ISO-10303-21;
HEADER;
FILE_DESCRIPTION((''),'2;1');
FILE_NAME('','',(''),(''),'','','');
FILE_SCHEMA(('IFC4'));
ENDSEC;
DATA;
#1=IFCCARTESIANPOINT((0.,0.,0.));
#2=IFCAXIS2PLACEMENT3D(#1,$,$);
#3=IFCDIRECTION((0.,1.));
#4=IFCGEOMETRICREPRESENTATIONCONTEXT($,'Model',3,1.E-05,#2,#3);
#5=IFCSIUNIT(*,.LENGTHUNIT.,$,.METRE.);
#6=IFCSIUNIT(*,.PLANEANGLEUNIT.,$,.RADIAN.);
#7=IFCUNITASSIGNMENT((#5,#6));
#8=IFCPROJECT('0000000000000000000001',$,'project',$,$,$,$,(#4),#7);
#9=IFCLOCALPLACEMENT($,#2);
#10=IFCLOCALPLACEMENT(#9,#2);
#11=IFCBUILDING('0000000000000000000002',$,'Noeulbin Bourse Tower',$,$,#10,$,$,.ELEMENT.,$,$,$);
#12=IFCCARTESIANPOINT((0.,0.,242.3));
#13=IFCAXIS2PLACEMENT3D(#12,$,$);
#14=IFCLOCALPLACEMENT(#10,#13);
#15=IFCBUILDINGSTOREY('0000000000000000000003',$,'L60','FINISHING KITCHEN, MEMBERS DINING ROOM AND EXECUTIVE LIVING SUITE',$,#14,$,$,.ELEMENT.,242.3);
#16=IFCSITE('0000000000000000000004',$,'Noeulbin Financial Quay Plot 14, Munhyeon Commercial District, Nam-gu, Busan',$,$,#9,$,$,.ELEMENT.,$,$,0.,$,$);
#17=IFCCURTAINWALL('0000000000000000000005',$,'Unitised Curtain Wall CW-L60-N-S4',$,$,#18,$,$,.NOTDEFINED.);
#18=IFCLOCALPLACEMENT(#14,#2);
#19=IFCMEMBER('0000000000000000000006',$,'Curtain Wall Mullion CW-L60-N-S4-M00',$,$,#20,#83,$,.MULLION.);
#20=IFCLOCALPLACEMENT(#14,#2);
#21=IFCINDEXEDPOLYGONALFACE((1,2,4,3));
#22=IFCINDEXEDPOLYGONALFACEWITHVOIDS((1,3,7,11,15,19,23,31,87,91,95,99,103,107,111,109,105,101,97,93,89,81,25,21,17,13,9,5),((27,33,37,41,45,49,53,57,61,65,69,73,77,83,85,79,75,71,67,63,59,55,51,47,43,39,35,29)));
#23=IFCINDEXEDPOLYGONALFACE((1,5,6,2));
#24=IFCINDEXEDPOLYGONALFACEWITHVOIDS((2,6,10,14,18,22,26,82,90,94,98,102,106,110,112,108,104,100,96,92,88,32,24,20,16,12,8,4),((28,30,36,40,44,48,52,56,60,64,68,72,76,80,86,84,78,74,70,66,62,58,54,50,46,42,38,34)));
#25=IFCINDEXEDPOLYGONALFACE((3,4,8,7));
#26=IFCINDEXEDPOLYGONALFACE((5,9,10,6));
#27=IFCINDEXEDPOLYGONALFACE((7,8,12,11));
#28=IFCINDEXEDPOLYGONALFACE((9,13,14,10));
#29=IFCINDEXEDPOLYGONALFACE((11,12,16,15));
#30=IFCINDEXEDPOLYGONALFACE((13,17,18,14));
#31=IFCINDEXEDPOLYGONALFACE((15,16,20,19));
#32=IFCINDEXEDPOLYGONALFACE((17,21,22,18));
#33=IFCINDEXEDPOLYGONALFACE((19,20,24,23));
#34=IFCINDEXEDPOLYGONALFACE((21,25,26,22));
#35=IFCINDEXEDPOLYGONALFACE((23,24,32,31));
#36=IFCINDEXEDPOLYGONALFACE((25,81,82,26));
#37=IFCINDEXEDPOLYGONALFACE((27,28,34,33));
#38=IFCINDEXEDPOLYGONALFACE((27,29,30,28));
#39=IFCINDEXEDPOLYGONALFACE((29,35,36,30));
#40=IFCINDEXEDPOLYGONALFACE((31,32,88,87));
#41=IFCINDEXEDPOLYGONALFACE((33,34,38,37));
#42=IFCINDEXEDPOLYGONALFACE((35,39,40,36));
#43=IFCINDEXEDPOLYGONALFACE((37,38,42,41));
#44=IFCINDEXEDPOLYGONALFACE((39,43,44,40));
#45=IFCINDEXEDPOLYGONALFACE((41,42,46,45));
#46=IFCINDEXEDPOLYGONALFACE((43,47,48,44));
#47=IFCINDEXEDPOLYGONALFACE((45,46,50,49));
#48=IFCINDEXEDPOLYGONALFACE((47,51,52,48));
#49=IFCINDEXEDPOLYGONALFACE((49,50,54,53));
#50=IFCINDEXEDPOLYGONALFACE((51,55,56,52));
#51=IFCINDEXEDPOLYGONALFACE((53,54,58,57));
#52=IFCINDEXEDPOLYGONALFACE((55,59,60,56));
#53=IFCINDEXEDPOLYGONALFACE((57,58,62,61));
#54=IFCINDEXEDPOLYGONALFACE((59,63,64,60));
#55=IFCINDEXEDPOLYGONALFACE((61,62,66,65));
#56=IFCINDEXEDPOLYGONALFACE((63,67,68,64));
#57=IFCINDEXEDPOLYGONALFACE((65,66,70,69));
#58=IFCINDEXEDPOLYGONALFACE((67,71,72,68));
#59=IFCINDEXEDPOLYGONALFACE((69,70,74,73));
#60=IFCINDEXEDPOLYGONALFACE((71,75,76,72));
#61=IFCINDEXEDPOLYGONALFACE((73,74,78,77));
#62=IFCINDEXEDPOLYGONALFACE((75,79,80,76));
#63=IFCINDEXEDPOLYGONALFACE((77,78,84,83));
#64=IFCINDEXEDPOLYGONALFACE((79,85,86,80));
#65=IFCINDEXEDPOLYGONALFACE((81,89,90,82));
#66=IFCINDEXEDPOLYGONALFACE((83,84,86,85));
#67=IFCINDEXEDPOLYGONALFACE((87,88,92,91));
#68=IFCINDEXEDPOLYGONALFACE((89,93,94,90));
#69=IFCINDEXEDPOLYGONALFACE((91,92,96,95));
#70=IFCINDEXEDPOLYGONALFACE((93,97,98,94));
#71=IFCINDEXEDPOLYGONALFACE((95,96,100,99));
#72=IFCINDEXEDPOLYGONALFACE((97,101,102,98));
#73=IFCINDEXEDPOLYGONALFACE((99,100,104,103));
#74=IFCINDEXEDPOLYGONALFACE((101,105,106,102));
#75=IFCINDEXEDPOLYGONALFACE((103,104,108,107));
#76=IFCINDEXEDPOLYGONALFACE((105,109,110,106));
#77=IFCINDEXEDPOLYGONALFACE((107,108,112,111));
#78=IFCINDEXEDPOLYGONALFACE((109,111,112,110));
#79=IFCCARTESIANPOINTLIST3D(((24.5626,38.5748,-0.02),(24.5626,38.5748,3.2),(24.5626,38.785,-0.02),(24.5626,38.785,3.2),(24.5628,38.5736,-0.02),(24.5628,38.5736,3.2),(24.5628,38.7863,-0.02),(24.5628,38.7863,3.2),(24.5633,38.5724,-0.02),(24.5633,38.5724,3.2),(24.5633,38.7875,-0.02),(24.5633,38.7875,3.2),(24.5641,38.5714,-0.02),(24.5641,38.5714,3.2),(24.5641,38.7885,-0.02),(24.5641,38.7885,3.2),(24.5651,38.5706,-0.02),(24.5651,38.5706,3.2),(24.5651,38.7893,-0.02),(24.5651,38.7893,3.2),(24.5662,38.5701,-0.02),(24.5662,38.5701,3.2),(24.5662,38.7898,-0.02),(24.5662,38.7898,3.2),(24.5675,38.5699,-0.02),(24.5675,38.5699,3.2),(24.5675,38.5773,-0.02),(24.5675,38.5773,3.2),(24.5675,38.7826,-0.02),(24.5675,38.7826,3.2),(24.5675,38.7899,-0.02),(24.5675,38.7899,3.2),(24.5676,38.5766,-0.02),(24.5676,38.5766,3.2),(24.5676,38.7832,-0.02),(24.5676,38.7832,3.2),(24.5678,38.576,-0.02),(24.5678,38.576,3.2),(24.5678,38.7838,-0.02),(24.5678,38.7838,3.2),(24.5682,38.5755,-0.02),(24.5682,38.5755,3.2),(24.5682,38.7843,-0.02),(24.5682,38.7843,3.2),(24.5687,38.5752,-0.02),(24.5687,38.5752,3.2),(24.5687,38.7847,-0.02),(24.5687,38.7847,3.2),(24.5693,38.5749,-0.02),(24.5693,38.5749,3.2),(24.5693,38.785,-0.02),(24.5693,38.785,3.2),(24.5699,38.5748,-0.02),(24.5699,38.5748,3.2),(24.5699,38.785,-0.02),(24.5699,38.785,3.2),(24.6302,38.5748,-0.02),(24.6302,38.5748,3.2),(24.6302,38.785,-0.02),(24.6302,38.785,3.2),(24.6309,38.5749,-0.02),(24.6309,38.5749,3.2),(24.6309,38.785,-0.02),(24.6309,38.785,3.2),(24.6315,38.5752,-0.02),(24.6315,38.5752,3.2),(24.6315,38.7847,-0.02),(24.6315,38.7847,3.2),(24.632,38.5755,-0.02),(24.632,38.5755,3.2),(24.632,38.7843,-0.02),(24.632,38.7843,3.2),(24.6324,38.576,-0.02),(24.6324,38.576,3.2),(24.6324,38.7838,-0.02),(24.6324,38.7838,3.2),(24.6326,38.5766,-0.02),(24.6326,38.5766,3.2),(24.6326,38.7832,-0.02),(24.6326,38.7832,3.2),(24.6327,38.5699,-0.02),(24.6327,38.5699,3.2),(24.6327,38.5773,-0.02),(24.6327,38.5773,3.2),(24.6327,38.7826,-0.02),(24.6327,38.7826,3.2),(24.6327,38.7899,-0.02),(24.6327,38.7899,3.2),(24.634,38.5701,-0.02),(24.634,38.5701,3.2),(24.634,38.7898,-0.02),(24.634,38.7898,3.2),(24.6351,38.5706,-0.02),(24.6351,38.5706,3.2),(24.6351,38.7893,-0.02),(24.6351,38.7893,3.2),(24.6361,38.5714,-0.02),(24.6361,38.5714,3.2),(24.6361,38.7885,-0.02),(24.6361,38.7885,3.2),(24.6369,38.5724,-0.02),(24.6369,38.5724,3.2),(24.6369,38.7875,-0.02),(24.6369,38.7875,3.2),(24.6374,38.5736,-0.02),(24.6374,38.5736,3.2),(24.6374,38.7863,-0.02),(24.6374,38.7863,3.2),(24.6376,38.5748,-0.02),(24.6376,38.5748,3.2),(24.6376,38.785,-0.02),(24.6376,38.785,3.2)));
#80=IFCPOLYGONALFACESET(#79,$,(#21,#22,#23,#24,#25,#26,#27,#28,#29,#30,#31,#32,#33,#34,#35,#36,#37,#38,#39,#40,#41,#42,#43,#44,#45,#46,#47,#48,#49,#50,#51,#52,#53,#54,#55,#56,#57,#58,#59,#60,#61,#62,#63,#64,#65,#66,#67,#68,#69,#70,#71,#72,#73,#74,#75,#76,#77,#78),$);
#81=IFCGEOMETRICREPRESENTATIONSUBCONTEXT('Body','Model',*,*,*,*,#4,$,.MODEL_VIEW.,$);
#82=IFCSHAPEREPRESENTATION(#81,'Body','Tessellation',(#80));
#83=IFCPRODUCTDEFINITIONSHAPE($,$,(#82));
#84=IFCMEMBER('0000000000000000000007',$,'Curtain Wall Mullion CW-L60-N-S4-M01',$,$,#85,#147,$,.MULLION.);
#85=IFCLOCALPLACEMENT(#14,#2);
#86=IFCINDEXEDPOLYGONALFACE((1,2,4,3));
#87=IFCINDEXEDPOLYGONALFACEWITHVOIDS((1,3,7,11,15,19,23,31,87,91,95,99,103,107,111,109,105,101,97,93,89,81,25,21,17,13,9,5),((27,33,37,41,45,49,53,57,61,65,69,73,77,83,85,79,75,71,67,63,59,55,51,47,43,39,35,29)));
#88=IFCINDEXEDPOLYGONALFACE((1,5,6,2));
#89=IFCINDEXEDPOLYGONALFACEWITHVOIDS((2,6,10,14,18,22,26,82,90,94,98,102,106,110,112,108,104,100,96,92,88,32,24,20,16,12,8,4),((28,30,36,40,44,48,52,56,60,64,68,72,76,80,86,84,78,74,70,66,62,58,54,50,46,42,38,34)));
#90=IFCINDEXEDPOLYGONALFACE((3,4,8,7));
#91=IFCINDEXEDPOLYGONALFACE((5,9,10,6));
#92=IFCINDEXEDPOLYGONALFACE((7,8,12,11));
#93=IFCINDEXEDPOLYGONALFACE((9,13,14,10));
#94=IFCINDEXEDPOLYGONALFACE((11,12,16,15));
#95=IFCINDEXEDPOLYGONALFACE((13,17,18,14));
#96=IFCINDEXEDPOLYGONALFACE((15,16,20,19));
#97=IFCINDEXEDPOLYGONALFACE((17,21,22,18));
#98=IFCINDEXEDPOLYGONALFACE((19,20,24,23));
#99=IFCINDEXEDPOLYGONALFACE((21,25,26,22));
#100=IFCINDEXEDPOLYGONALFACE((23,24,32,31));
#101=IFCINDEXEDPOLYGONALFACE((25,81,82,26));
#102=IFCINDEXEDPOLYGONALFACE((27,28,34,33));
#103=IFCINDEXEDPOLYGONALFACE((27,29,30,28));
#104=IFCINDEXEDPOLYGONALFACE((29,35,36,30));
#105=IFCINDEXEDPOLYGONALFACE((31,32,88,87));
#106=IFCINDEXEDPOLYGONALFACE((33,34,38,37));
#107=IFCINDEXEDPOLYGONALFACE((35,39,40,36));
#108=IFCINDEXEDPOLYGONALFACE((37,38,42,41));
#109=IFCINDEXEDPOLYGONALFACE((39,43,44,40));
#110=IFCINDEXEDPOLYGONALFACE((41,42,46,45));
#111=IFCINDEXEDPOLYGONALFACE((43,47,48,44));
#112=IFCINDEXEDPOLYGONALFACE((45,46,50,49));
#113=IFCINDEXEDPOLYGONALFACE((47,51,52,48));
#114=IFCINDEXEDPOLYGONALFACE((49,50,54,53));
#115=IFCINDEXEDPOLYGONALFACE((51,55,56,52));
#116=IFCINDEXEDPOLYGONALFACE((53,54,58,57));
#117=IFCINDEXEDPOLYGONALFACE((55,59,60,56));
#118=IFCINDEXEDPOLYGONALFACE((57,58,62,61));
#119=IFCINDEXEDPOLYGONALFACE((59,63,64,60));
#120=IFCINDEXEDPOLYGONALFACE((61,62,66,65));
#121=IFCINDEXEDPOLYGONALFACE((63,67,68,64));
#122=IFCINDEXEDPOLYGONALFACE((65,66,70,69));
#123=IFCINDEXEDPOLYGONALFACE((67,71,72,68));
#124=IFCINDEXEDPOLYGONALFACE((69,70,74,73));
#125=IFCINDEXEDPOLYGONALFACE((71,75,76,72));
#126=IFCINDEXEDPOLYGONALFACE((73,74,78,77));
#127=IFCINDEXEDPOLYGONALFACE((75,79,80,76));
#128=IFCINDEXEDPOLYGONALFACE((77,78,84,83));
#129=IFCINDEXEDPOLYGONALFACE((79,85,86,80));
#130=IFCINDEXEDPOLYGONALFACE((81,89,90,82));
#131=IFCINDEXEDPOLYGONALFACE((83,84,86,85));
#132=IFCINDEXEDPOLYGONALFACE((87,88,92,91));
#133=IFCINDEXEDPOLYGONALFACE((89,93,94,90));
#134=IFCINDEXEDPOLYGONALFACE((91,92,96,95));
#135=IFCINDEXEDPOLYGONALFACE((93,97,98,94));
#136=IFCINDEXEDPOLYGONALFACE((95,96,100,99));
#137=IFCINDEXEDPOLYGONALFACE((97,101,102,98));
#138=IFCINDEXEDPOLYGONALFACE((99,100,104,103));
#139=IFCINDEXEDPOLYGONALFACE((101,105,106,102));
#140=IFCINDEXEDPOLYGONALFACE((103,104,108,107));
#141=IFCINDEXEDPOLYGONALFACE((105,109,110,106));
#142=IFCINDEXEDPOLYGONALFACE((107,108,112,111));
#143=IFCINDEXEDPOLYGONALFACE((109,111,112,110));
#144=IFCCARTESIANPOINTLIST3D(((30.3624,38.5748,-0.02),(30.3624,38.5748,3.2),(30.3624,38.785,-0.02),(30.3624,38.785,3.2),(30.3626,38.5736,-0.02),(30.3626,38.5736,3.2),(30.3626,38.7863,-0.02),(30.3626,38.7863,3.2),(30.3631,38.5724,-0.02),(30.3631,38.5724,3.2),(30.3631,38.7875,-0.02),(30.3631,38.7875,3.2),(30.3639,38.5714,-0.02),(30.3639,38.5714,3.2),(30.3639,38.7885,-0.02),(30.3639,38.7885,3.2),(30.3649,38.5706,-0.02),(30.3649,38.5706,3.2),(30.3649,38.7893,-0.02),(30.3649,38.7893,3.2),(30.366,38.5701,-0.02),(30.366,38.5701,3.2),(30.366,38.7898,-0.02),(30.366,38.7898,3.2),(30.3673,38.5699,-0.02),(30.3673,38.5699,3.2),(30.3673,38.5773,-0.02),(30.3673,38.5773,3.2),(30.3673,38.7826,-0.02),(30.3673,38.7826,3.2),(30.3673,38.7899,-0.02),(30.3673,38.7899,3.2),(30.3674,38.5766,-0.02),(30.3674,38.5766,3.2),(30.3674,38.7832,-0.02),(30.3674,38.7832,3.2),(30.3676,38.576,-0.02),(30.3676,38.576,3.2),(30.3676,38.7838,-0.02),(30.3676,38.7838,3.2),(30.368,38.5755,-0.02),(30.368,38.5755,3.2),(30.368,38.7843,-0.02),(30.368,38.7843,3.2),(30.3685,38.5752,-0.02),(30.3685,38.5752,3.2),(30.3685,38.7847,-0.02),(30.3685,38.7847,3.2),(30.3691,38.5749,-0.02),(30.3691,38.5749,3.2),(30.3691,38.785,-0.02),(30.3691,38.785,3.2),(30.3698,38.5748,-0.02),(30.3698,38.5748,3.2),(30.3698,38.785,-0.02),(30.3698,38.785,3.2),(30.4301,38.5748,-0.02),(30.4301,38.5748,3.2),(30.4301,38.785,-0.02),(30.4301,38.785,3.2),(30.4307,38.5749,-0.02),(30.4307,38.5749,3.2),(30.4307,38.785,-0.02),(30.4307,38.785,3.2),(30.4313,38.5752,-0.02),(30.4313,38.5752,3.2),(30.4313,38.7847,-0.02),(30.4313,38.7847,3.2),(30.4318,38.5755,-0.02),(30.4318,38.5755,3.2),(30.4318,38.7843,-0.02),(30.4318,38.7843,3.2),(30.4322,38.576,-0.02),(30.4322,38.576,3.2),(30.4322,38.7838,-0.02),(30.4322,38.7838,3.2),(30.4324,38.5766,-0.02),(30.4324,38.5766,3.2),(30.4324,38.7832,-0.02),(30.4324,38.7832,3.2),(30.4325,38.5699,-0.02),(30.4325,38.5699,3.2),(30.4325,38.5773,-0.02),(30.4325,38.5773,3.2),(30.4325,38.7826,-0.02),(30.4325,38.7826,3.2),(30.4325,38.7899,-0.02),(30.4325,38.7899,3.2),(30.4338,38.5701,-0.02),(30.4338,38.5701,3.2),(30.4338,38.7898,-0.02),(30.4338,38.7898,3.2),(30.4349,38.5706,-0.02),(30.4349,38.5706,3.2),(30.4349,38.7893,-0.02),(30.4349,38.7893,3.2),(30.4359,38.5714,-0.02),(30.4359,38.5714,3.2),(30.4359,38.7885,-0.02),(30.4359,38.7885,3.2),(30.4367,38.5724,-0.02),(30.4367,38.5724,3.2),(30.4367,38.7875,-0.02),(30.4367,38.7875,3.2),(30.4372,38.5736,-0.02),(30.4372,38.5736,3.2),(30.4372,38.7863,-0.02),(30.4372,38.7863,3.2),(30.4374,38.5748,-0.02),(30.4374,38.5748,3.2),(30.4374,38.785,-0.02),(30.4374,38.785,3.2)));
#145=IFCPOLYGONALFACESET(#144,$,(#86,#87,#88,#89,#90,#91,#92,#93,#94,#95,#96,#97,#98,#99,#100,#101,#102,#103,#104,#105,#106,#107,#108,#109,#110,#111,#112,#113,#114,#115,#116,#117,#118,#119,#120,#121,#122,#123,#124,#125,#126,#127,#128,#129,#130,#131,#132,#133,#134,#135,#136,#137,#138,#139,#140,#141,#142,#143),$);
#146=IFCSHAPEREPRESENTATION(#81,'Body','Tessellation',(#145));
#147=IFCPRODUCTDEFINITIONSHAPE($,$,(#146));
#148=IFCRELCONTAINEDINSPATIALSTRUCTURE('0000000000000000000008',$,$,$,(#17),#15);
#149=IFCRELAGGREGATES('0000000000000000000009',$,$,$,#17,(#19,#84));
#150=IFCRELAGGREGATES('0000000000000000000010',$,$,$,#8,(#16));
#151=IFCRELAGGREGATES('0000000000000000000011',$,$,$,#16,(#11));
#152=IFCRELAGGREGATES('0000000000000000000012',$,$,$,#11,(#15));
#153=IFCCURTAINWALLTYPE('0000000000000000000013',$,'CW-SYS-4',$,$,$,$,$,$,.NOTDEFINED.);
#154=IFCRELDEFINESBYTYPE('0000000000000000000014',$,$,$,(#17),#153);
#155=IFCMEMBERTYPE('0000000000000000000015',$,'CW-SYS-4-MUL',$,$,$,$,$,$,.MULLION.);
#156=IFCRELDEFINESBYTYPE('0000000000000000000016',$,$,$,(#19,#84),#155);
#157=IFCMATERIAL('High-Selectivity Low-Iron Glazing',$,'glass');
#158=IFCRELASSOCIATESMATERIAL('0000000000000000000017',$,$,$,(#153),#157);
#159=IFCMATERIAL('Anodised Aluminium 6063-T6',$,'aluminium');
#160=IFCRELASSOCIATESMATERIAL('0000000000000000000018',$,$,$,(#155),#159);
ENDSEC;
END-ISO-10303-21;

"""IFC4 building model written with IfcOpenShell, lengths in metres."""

from ifc_helpers import new_model, si_unit, direction, frame, origin, origin_2d, place, context, subcontext, project, spatial, hollow_rectangle, extrude, material, material_profile, profile_set, type_object, element, aggregate, save


model = new_model("IFC4")

# Units and contexts
model_context = context("Model", 3, precision=1e-05, world=origin(), true_north=direction((0.0, 1.0)))
body_context = subcontext(model_context, "Body", "Model", "MODEL_VIEW")
ifc_project = project(units=[si_unit("LENGTHUNIT", "METRE"), si_unit("PLANEANGLEUNIT", "RADIAN")], contexts=[model_context])

# Site, building, storey
site_placement = place(None, origin())
site = spatial("IfcSite", under=ifc_project, at=site_placement, Name="Noeulbin Financial Quay Plot 14, Munhyeon Commercial District, Nam-gu, Busan", CompositionType="ELEMENT", RefElevation=0.0)
building_placement = place(site_placement, origin())
building = spatial("IfcBuilding", under=site, at=building_placement, Name="Noeulbin Bourse Tower", CompositionType="ELEMENT")
storey_placement = place(building_placement, frame((0.0, 0.0, 242.3)))
storey = spatial("IfcBuildingStorey", under=building, at=storey_placement, Name="L60", Description="FINISHING KITCHEN, MEMBERS DINING ROOM AND EXECUTIVE LIVING SUITE", CompositionType="ELEMENT", Elevation=242.3)

# Curtain wall, members
ifc_material_1 = material(Name="High-Selectivity Low-Iron Glazing", Category="glass")
curtain_wall_type = type_object("IfcCurtainWallType", Name="CW-SYS-4", PredefinedType="NOTDEFINED", material=ifc_material_1)
curtain_wall_1_placement = place(storey_placement, origin())
curtain_wall_1 = element("IfcCurtainWall", 1, at=curtain_wall_1_placement, inside=storey, type_object=curtain_wall_type, Name="Unitised Curtain Wall CW-L60-N-S4", PredefinedType="NOTDEFINED")
ifc_material_2 = material(Name="Anodised Aluminium 6063-T6", Category="aluminium")
ifc_material_profile_1 = material_profile(ifc_material_2, hollow_rectangle(XDim=0.075, YDim=0.22, WallThickness=0.0049, InnerFilletRadius=0.0024, OuterFilletRadius=0.0049, at=origin_2d()), Name="ALU-MULL-75x220x5", Category="LoadBearing")
ifc_profile_set_1 = profile_set([ifc_material_profile_1], Name="Anodised Aluminium 6063-T6")
member_type_1 = type_object("IfcMemberType", Name="CW-SYS-4-MUL", PredefinedType="MULLION", material=ifc_profile_set_1)
member_1_placement = place(storey_placement, frame((24.6001, 38.6799, -0.02), z_axis=(0.0, 0.0, 1.0), x_axis=(1.0, 0.0, 0.0)))
member_1 = element("IfcMember", 2, at=member_1_placement, type_object=member_type_1, Name="Curtain Wall Mullion CW-L60-N-S4-M00", PredefinedType="MULLION", context=body_context, shape_type="SweptSolid", body=[
    extrude(hollow_rectangle(XDim=0.075, YDim=0.22, WallThickness=0.0049, InnerFilletRadius=0.0024, OuterFilletRadius=0.0049, at=origin_2d()), origin(), (0.0, 0.0, 1.0), 3.22),
])
member_2_placement = place(storey_placement, frame((30.3999, 38.6799, -0.02), z_axis=(0.0, 0.0, 1.0), x_axis=(1.0, 0.0, 0.0)))
member_2 = element("IfcMember", 3, at=member_2_placement, type_object=member_type_1, Name="Curtain Wall Mullion CW-L60-N-S4-M01", PredefinedType="MULLION", context=body_context, shape_type="SweptSolid", body=[
    extrude(hollow_rectangle(XDim=0.075, YDim=0.22, WallThickness=0.0049, InnerFilletRadius=0.0024, OuterFilletRadius=0.0049, at=origin_2d()), origin(), (0.0, 0.0, 1.0), 3.22),
])

aggregate(curtain_wall_1, [member_1, member_2])

save(model, "model.ifc")
